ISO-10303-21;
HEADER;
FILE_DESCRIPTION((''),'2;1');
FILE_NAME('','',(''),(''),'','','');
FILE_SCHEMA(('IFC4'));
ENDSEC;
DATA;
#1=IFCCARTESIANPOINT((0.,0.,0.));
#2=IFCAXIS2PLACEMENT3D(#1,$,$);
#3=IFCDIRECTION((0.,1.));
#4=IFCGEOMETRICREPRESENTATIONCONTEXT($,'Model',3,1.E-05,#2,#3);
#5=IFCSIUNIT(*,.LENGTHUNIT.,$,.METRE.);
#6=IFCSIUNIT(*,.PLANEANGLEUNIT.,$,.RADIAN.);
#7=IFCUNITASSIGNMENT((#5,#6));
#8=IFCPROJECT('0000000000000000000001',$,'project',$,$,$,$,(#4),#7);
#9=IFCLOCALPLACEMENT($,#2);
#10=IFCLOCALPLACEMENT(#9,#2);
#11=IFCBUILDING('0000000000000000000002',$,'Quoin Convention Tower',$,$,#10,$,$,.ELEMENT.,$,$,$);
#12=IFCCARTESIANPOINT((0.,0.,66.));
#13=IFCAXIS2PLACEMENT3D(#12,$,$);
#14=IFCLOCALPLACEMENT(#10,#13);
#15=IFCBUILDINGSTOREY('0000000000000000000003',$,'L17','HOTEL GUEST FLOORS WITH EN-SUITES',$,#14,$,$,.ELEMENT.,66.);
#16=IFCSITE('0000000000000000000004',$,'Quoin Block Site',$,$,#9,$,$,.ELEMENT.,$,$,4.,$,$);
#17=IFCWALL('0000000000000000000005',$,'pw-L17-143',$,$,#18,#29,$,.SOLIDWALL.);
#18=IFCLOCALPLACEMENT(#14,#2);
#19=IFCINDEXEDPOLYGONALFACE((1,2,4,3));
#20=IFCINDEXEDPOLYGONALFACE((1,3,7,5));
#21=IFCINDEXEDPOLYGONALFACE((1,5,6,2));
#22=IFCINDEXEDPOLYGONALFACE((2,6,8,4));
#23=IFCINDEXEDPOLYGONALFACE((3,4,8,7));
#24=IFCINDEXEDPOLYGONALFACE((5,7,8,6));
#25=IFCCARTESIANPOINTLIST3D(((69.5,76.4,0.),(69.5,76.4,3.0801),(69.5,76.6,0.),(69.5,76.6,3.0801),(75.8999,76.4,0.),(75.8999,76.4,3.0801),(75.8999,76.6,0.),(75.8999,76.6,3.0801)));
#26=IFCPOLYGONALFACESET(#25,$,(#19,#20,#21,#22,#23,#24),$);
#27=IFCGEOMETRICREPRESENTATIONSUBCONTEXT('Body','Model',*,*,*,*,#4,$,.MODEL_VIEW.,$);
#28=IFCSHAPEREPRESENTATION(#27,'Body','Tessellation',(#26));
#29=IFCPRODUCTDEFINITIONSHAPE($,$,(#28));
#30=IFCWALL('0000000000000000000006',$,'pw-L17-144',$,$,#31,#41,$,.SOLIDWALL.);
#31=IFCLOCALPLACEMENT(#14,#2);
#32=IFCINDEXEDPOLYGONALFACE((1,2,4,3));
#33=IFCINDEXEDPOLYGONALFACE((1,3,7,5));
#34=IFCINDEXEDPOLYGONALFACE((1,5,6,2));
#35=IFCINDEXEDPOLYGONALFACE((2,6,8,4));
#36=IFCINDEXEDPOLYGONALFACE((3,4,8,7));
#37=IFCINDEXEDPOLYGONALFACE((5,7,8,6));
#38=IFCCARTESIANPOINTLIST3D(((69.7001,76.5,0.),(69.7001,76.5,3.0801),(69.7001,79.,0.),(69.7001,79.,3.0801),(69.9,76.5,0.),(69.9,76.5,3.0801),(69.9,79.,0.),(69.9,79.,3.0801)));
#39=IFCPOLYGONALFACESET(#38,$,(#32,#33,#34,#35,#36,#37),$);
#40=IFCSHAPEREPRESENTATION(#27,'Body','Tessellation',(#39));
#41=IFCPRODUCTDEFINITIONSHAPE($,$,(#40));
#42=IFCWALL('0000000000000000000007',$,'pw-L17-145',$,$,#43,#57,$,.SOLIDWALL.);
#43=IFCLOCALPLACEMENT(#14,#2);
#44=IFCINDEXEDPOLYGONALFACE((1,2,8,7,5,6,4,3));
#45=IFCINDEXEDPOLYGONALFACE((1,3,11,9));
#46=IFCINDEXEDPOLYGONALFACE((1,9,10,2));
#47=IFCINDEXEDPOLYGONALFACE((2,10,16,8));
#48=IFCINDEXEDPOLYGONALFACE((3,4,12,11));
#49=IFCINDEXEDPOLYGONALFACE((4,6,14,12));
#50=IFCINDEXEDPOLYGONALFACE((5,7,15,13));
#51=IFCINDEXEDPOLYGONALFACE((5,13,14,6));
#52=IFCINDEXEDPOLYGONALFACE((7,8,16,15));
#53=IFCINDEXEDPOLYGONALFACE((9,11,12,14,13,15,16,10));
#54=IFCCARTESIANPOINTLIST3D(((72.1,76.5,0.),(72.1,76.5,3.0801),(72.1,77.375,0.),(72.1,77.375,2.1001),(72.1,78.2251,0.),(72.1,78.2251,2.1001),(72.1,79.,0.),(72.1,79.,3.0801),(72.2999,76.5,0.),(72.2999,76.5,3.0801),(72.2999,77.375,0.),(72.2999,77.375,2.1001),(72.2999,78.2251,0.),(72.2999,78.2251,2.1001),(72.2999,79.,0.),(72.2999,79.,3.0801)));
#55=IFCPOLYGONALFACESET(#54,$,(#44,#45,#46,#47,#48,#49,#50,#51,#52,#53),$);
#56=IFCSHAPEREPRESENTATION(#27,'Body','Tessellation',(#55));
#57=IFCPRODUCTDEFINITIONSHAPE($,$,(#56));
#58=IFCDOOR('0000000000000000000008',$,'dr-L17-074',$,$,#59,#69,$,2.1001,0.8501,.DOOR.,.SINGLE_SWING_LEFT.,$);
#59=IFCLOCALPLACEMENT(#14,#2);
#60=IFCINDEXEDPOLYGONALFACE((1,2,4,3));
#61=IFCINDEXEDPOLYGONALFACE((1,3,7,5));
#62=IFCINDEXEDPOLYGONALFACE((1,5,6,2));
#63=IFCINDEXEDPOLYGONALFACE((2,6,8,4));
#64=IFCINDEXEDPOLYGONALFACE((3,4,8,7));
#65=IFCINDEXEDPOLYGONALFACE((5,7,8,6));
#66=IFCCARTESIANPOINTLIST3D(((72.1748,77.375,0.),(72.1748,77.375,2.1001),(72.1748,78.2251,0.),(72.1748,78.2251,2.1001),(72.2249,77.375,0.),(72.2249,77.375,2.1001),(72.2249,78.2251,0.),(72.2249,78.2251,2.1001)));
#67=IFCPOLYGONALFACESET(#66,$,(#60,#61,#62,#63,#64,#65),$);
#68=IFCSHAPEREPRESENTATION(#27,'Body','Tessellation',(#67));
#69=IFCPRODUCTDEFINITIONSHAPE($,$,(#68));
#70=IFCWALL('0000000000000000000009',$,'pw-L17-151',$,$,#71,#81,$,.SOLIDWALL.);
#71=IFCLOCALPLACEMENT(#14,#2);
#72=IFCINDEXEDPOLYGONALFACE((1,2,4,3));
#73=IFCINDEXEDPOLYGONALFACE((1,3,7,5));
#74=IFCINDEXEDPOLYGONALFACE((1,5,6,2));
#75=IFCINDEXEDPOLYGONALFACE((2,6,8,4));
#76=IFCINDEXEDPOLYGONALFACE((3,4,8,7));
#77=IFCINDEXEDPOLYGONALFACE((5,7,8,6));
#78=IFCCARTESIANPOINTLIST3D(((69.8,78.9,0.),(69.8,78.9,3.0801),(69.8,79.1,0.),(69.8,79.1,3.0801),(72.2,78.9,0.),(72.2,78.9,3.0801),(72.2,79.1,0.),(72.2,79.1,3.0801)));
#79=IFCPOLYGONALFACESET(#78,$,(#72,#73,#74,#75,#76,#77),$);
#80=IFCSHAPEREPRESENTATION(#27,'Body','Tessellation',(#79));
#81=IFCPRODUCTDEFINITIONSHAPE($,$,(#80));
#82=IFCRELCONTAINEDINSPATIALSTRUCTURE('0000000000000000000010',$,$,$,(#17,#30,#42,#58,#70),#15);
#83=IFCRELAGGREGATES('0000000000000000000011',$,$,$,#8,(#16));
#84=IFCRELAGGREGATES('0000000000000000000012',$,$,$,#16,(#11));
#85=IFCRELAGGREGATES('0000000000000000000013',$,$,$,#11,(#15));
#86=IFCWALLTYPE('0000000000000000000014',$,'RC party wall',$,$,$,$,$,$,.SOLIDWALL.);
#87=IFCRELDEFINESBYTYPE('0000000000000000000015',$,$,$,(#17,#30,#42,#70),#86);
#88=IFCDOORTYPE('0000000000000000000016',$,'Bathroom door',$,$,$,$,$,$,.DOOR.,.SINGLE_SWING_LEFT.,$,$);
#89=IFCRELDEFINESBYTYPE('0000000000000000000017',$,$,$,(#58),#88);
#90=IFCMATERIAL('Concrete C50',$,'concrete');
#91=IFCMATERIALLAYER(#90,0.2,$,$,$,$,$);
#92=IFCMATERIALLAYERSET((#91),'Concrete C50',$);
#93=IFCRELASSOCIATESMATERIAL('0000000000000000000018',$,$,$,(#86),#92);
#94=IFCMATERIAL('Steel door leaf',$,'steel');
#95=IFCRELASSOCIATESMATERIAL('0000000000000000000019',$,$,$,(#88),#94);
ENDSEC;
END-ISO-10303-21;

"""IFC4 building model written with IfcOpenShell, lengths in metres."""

from ifc_helpers import new_model, si_unit, direction, frame, frame_2d, origin, place, context, subcontext, project, spatial, rectangle, extrude, material, layer, layer_set, type_object, element, fill, save


model = new_model("IFC4")

# Units and contexts
model_context = context("Model", 3, precision=1e-05, world=origin(), true_north=direction((0.0, 1.0)))
body_context = subcontext(model_context, "Body", "Model", "MODEL_VIEW")
ifc_project = project(units=[si_unit("LENGTHUNIT", "METRE"), si_unit("PLANEANGLEUNIT", "RADIAN")], contexts=[model_context])

# Site, building, storey
site_placement = place(None, origin())
site = spatial("IfcSite", under=ifc_project, at=site_placement, Name="Quoin Block Site", CompositionType="ELEMENT", RefElevation=4.0)
building_placement = place(site_placement, origin())
building = spatial("IfcBuilding", under=site, at=building_placement, Name="Quoin Convention Tower", CompositionType="ELEMENT")
storey_placement = place(building_placement, frame((0.0, 0.0, 66.0)))
storey = spatial("IfcBuildingStorey", under=building, at=storey_placement, Name="L17", Description="HOTEL GUEST FLOORS WITH EN-SUITES", CompositionType="ELEMENT", Elevation=66.0)

# Walls
ifc_material_1 = material(Name="Concrete C50", Category="concrete")
ifc_layer_1 = layer(ifc_material_1, 0.2)
ifc_layer_set_1 = layer_set([ifc_layer_1], Name="Concrete C50")
wall_type_1 = type_object("IfcWallType", Name="RC party wall", PredefinedType="SOLIDWALL", material=ifc_layer_set_1)
wall_1_placement = place(storey_placement, frame((69.5, 76.5, 0.0), z_axis=(0.0, 0.0, 1.0), x_axis=(1.0, 0.0, 0.0)))
element("IfcWall", 1, at=wall_1_placement, inside=storey, type_object=wall_type_1, Name="pw-L17-143", PredefinedType="SOLIDWALL", context=body_context, shape_type="SweptSolid", body=[
    extrude(rectangle(XDim=6.3999, YDim=0.2, at=frame_2d((3.2, 0.0))), origin(), (0.0, 0.0, 1.0), 3.0801),
])
wall_2_placement = place(storey_placement, frame((69.8, 76.5, 0.0), z_axis=(0.0, 0.0, 1.0), x_axis=(0.0, 1.0, 0.0)))
element("IfcWall", 2, at=wall_2_placement, inside=storey, type_object=wall_type_1, Name="pw-L17-144", PredefinedType="SOLIDWALL", context=body_context, shape_type="SweptSolid", body=[
    extrude(rectangle(XDim=2.5, YDim=0.2, at=frame_2d((1.25, 0.0))), origin(), (0.0, 0.0, 1.0), 3.0801),
])

# Wall, opening, door
wall_3_placement = place(storey_placement, frame((72.2, 76.5, 0.0), z_axis=(0.0, 0.0, 1.0), x_axis=(0.0, 1.0, 0.0)))
wall_3 = element("IfcWall", 3, at=wall_3_placement, inside=storey, type_object=wall_type_1, Name="pw-L17-145", PredefinedType="SOLIDWALL", context=body_context, shape_type="SweptSolid", body=[
    extrude(rectangle(XDim=2.5, YDim=0.2, at=frame_2d((1.25, 0.0))), origin(), (0.0, 0.0, 1.0), 3.0801),
])
opening_1_placement = place(wall_3_placement, frame((0.875, 0.0, 0.0)))
opening_1 = element("IfcOpeningElement", 4, at=opening_1_placement, cuts=wall_3, PredefinedType="OPENING", context=body_context, shape_type="SweptSolid", body=[
    extrude(rectangle(XDim=0.8501, YDim=2.1001, at=frame_2d((0.425, 1.05))), frame((0.0, 0.1099, 0.0), z_axis=(0.0, -1.0, 0.0), x_axis=(1.0, 0.0, 0.0)), (0.0, 0.0, 1.0), 0.22),
])
ifc_material_2 = material(Name="Steel door leaf", Category="steel")
door_type = type_object("IfcDoorType", Name="Bathroom door", OperationType="SINGLE_SWING_LEFT", PredefinedType="DOOR", material=ifc_material_2)
door_placement = place(opening_1_placement, frame((0.8501, 0.0, 0.0), z_axis=(0.0, 0.0, 1.0), x_axis=(-1.0, 0.0, 0.0)))
door = element("IfcDoor", 5, at=door_placement, inside=storey, type_object=door_type, Name="dr-L17-074", OperationType="SINGLE_SWING_LEFT", OverallHeight=2.1001, OverallWidth=0.8501, PredefinedType="DOOR", context=body_context, shape_type="SweptSolid", body=[
    extrude(rectangle(XDim=0.8501, YDim=2.1001, at=frame_2d((0.425, 1.05))), frame((0.0, 0.0249, 0.0), z_axis=(0.0, -1.0, 0.0), x_axis=(1.0, 0.0, 0.0)), (0.0, 0.0, 1.0), 0.05),
])
fill(opening_1, door)

# Wall
wall_4_placement = place(storey_placement, frame((69.8, 79.0, 0.0), z_axis=(0.0, 0.0, 1.0), x_axis=(1.0, 0.0, 0.0)))
element("IfcWall", 6, at=wall_4_placement, inside=storey, type_object=wall_type_1, Name="pw-L17-151", PredefinedType="SOLIDWALL", context=body_context, shape_type="SweptSolid", body=[
    extrude(rectangle(XDim=2.3999, YDim=0.2, at=frame_2d((1.2, 0.0))), origin(), (0.0, 0.0, 1.0), 3.0801),
])

save(model, "model.ifc")
